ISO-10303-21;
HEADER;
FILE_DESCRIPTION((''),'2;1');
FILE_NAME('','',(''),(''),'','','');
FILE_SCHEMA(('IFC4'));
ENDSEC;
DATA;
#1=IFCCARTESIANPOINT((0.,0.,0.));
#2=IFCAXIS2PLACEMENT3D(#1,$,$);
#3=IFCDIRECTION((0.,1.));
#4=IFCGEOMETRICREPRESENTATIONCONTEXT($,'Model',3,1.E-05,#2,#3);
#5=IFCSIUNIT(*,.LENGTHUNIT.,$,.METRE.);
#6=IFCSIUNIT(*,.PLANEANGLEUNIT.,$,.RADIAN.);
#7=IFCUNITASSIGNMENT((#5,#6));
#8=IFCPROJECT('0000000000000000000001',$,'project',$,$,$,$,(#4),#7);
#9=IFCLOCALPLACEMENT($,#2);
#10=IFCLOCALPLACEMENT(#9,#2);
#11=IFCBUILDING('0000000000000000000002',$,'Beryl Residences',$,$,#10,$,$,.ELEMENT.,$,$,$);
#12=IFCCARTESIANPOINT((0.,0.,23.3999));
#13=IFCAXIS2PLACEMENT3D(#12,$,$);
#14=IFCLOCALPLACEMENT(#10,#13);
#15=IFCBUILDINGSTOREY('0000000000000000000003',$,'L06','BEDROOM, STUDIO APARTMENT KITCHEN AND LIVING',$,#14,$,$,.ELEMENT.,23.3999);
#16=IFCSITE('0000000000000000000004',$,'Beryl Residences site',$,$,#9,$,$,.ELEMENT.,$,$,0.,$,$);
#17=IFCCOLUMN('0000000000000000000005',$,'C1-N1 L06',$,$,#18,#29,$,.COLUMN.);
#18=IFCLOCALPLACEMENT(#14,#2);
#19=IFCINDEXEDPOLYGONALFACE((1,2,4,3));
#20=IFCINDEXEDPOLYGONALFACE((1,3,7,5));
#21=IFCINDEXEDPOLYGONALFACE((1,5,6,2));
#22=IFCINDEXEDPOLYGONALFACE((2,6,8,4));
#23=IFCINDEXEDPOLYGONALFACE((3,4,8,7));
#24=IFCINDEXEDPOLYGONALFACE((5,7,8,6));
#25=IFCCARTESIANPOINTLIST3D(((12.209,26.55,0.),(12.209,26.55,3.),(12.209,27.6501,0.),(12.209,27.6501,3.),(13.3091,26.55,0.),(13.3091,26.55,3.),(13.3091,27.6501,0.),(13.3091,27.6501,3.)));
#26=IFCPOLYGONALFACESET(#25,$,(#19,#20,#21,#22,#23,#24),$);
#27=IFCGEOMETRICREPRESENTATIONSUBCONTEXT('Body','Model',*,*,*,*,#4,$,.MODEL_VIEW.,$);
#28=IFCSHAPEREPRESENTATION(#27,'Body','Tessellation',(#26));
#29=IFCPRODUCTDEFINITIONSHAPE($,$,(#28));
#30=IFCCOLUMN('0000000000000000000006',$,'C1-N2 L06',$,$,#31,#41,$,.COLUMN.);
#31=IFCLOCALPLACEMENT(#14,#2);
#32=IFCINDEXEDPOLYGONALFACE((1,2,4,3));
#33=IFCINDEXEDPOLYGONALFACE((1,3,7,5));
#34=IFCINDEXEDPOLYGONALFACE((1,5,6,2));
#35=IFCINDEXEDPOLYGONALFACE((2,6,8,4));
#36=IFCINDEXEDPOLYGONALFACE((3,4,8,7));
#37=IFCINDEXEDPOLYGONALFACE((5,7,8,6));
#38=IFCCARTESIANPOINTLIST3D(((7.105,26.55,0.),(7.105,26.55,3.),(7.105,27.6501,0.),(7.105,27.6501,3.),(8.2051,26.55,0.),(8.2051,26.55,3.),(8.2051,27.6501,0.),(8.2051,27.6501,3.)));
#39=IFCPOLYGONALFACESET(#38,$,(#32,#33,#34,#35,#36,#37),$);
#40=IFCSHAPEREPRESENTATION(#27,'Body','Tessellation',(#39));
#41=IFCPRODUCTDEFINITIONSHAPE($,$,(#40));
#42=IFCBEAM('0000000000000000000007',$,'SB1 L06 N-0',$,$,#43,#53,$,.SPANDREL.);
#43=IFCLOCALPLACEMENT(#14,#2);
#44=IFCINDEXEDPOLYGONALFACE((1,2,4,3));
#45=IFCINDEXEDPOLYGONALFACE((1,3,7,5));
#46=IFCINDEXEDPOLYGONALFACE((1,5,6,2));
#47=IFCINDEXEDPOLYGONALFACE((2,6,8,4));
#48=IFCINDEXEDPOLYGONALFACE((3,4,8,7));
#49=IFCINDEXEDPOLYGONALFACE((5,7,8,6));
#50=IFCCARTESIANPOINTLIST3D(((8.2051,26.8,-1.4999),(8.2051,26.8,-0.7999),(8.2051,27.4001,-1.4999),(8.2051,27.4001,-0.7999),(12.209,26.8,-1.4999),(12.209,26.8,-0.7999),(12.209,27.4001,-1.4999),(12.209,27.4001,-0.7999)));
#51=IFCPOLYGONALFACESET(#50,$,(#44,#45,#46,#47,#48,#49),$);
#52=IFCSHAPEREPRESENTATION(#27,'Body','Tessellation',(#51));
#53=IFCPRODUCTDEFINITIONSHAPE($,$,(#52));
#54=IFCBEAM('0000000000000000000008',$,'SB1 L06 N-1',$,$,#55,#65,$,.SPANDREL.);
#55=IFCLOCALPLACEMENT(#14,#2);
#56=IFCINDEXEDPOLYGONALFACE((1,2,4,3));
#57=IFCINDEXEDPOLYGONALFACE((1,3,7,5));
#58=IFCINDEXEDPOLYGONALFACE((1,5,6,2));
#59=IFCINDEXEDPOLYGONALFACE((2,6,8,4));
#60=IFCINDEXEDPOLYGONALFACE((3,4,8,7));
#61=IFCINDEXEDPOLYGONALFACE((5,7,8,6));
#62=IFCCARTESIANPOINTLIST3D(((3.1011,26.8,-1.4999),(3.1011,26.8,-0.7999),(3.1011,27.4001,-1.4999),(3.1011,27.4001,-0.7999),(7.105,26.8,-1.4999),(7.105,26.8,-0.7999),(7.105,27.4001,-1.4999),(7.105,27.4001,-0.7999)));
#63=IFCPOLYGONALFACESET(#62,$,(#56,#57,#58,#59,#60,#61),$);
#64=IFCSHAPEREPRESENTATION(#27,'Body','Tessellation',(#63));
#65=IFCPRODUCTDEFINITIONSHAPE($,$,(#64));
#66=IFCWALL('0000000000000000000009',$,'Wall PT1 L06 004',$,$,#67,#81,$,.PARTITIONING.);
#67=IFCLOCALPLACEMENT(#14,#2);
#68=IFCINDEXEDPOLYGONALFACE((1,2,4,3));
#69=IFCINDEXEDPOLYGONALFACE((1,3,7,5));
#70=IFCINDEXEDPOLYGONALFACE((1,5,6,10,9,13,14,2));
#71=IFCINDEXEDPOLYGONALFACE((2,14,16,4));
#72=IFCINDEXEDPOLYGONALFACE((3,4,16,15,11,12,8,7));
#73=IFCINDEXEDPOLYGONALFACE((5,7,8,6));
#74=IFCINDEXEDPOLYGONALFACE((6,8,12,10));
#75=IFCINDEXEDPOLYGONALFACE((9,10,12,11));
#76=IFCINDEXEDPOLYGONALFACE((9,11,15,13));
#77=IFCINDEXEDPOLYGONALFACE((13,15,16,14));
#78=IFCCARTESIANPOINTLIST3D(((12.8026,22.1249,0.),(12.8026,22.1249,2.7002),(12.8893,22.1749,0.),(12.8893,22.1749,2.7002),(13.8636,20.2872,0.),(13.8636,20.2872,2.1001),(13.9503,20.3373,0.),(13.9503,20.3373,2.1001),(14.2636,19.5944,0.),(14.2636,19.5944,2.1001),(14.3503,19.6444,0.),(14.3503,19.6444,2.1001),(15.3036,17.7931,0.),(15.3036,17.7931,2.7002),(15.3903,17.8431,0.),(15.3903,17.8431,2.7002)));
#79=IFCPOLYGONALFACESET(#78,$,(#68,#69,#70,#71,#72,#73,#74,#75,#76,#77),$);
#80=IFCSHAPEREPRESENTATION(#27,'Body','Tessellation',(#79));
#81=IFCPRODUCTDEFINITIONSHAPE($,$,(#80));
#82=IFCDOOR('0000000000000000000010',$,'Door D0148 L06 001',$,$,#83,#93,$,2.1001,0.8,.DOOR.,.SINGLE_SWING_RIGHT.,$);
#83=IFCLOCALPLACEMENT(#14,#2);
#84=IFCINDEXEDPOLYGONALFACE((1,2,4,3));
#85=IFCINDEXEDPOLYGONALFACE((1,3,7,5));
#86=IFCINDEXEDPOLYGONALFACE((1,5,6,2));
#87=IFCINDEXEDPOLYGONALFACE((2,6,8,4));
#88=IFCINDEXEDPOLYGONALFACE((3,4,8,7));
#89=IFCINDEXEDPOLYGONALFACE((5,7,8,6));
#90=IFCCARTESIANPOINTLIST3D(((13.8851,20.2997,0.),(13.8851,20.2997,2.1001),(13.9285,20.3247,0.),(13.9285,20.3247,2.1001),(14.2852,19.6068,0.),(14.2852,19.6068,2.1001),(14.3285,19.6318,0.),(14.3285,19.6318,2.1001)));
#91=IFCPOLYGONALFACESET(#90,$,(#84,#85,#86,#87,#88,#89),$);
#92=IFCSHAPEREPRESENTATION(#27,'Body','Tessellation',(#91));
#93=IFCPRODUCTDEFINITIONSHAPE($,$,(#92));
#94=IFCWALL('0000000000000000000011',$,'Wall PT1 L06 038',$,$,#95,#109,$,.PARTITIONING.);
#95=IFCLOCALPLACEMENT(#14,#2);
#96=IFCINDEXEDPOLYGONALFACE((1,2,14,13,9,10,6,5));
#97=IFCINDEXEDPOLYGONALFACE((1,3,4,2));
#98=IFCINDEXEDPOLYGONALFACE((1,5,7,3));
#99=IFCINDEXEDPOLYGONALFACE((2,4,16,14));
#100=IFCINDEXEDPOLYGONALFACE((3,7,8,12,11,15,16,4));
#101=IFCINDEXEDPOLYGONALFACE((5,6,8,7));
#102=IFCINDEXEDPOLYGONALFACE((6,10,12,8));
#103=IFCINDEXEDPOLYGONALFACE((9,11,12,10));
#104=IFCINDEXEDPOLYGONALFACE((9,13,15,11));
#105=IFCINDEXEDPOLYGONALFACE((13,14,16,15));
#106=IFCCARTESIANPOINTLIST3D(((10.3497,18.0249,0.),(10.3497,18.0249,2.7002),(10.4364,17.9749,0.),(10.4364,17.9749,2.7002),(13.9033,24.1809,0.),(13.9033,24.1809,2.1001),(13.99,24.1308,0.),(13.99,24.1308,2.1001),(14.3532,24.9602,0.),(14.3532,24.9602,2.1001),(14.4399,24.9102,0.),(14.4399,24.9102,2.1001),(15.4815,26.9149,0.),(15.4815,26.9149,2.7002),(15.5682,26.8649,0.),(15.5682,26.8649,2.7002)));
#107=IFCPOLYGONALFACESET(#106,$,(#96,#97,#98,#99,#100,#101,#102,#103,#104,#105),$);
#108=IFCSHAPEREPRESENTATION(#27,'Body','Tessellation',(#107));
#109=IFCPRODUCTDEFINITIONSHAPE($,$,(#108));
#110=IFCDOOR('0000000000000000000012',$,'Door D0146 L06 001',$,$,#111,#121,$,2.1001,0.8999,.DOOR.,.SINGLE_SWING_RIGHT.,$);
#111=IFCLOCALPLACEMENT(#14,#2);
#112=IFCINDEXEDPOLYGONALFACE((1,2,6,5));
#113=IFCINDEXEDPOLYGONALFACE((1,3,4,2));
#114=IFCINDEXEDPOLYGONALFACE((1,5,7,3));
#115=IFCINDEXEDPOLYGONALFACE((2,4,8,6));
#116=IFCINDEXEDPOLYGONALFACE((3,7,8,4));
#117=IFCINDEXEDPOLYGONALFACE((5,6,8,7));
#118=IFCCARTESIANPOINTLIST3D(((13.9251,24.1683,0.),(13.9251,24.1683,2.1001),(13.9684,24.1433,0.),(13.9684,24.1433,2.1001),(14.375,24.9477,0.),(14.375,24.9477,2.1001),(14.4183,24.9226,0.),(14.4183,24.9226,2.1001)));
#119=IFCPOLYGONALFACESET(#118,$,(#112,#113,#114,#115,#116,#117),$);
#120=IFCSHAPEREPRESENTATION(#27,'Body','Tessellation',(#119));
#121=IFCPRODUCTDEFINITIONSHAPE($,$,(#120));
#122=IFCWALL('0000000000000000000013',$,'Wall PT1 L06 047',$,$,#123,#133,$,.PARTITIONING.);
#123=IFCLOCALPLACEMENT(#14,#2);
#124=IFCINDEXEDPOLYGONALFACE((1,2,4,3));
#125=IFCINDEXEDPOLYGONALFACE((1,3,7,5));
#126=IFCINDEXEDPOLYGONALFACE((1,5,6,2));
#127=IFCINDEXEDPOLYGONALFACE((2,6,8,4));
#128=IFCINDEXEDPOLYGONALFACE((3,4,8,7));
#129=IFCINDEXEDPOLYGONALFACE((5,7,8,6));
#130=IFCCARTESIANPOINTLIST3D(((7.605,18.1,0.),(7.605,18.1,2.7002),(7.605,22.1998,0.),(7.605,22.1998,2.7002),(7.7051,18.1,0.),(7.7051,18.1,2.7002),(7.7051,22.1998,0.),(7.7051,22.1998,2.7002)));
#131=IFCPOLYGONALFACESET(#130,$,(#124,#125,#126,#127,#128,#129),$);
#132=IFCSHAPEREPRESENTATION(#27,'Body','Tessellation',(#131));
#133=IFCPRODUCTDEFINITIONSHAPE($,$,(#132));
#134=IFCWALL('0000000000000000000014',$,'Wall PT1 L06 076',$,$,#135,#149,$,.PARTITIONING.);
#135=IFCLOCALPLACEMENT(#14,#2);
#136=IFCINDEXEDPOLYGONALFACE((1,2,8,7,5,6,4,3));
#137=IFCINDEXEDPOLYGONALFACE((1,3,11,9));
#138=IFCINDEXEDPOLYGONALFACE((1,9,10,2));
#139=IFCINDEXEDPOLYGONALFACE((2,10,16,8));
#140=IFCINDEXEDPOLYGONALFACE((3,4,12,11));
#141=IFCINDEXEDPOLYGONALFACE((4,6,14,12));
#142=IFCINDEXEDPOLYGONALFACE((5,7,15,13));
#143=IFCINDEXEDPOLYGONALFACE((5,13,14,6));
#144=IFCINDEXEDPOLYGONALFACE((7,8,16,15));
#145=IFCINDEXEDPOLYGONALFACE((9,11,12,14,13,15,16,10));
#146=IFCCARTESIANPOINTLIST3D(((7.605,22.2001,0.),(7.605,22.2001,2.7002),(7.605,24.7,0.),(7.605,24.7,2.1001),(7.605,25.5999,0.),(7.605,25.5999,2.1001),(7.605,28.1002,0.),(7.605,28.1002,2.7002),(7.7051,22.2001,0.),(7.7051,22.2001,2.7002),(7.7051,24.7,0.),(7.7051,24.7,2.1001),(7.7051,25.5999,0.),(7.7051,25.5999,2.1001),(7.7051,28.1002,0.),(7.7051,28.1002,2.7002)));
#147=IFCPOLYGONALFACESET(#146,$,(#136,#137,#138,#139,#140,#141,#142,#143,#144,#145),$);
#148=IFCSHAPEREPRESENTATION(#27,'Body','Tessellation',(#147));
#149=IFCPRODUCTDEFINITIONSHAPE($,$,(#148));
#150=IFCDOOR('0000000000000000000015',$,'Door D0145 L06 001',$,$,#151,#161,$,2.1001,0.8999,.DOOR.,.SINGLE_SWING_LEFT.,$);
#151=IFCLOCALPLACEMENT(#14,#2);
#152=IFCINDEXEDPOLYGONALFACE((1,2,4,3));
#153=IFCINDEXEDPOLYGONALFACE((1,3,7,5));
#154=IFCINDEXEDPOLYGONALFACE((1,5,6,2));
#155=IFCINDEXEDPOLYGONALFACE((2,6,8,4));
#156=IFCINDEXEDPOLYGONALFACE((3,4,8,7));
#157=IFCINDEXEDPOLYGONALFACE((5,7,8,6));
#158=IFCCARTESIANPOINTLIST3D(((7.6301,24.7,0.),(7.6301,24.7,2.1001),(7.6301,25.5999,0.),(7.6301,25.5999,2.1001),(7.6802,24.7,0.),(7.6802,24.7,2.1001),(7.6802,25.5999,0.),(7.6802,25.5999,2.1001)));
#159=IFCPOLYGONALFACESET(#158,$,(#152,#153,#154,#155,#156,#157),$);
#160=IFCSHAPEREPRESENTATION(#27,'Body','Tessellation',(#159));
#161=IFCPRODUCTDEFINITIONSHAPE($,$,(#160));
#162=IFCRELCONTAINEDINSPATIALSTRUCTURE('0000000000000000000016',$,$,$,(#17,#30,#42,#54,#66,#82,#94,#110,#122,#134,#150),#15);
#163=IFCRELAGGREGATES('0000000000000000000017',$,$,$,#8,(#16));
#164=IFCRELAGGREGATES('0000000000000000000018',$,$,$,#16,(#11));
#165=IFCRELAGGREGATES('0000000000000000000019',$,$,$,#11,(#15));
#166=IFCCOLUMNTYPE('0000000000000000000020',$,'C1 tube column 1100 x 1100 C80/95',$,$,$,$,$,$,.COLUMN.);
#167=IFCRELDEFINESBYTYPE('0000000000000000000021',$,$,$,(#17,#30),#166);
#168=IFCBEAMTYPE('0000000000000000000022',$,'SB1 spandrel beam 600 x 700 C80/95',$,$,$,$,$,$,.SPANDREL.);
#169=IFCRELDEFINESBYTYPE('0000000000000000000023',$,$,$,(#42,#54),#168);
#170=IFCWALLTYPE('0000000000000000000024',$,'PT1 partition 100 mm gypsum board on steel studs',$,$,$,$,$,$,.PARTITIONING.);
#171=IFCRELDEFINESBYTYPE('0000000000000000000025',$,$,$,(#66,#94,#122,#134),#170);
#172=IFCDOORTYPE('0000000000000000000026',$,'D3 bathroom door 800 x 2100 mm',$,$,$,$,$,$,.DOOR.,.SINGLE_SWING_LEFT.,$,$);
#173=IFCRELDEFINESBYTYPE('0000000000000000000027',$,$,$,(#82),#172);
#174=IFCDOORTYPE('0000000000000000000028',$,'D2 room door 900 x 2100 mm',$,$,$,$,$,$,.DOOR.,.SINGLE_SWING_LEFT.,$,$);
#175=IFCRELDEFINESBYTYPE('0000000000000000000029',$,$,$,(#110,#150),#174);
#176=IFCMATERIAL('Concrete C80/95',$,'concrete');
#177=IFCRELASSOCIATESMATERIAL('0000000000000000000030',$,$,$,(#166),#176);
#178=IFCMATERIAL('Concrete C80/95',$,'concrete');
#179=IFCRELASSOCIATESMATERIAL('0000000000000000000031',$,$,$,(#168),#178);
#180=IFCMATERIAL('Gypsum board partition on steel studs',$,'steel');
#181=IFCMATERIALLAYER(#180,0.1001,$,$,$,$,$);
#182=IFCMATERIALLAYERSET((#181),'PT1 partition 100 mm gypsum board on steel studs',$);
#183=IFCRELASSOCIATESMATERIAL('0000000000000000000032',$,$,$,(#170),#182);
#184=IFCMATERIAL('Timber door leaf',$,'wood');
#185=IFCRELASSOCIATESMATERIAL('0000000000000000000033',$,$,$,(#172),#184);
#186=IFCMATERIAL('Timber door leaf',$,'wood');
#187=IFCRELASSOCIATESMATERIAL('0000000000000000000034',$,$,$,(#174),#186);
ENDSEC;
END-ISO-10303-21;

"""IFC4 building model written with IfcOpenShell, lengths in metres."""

from ifc_helpers import new_model, si_unit, direction, frame, frame_2d, origin, origin_2d, place, context, subcontext, project, spatial, rectangle, extrude, material, layer, layer_set, material_profile, profile_set, type_object, element, fill, save


model = new_model("IFC4")

# Units and contexts
model_context = context("Model", 3, precision=1e-05, world=origin(), true_north=direction((0.0, 1.0)))
body_context = subcontext(model_context, "Body", "Model", "MODEL_VIEW")
ifc_project = project(units=[si_unit("LENGTHUNIT", "METRE"), si_unit("PLANEANGLEUNIT", "RADIAN")], contexts=[model_context])

# Site, building, storey
site_placement = place(None, origin())
site = spatial("IfcSite", under=ifc_project, at=site_placement, Name="Beryl Residences site", CompositionType="ELEMENT", RefElevation=0.0)
building_placement = place(site_placement, origin())
building = spatial("IfcBuilding", under=site, at=building_placement, Name="Beryl Residences", CompositionType="ELEMENT")
storey_placement = place(building_placement, frame((0.0, 0.0, 23.3999)))
storey = spatial("IfcBuildingStorey", under=building, at=storey_placement, Name="L06", Description="BEDROOM, STUDIO APARTMENT KITCHEN AND LIVING", CompositionType="ELEMENT", Elevation=23.3999)

# Columns
ifc_material_1 = material(Name="Concrete C80/95", Category="concrete")
ifc_material_profile_1 = material_profile(ifc_material_1, rectangle(XDim=1.1001, YDim=1.1001, at=origin_2d()))
ifc_profile_set_1 = profile_set([ifc_material_profile_1], Name="Concrete C80/95")
column_type = type_object("IfcColumnType", Name="C1 tube column 1100 x 1100 C80/95", PredefinedType="COLUMN", material=ifc_profile_set_1)
for number, where, z_axis, x_axis, name in (
    (1, (12.759, 27.1001, 0.0), (0.0, 0.0, 1.0), (-1.0, 0.0, 0.0), "C1-N1 L06"),
    (2, (7.655, 27.1001, 0.0), (0.0, 0.0, 1.0), (-1.0, 0.0, 0.0), "C1-N2 L06"),
):
    element("IfcColumn", number, at=place(storey_placement, frame(where, z_axis=z_axis, x_axis=x_axis)), inside=storey, type_object=column_type, Name=name, PredefinedType="COLUMN", context=body_context, shape_type="SweptSolid", body=[
        extrude(rectangle(XDim=1.1001, YDim=1.1001, at=origin_2d()), origin(), (0.0, 0.0, 1.0), 3.0),
    ])

# Beams
ifc_material_2 = material(Name="Concrete C80/95", Category="concrete")
ifc_material_profile_2 = material_profile(ifc_material_2, rectangle(XDim=0.6001, YDim=0.7, at=origin_2d()))
ifc_profile_set_2 = profile_set([ifc_material_profile_2], Name="Concrete C80/95")
beam_type = type_object("IfcBeamType", Name="SB1 spandrel beam 600 x 700 C80/95", PredefinedType="SPANDREL", material=ifc_profile_set_2)
for number, where, z_axis, x_axis, name in (
    (3, (12.209, 27.1001, -1.1499), (-1.0, 0.0, 0.0), (0.0, -1.0, 0.0), "SB1 L06 N-0"),
    (4, (7.105, 27.1001, -1.1499), (-1.0, 0.0, 0.0), (0.0, -1.0, 0.0), "SB1 L06 N-1"),
):
    element("IfcBeam", number, at=place(storey_placement, frame(where, z_axis=z_axis, x_axis=x_axis)), inside=storey, type_object=beam_type, Name=name, PredefinedType="SPANDREL", context=body_context, shape_type="SweptSolid", body=[
        extrude(rectangle(XDim=0.6001, YDim=0.7, at=origin_2d()), origin(), (0.0, 0.0, 1.0), 4.0039),
    ])

# Walls, openings, doors
ifc_material_3 = material(Name="Gypsum board partition on steel studs", Category="steel")
ifc_layer_1 = layer(ifc_material_3, 0.1001)
ifc_layer_set_1 = layer_set([ifc_layer_1], Name="PT1 partition 100 mm gypsum board on steel studs")
wall_type_1 = type_object("IfcWallType", Name="PT1 partition 100 mm gypsum board on steel studs", PredefinedType="PARTITIONING", material=ifc_layer_set_1)
wall_1_placement = place(storey_placement, frame((12.8459, 22.1499, 0.0), z_axis=(0.0, 0.0, 1.0), x_axis=(0.500003, -0.866024, 0.0)))
wall_1 = element("IfcWall", 5, at=wall_1_placement, inside=storey, type_object=wall_type_1, Name="Wall PT1 L06 004", PredefinedType="PARTITIONING", context=body_context, shape_type="SweptSolid", body=[
    extrude(rectangle(XDim=5.002, YDim=0.1001, at=frame_2d((2.501, 0.0))), origin(), (0.0, 0.0, 1.0), 2.7002),
])
opening_1_placement = place(wall_1_placement, frame((2.1221, 0.0, 0.0)))
opening_1 = element("IfcOpeningElement", 6, at=opening_1_placement, cuts=wall_1, PredefinedType="OPENING", context=body_context, shape_type="SweptSolid", body=[
    extrude(rectangle(XDim=0.8, YDim=2.1001, at=frame_2d((0.3999, 1.05))), frame((0.0, 0.0601, 0.0), z_axis=(0.0, -1.0, 0.0), x_axis=(1.0, 0.0, 0.0)), (0.0, 0.0, 1.0), 0.1201),
])
ifc_material_4 = material(Name="Timber door leaf", Category="wood")
door_type_1 = type_object("IfcDoorType", Name="D3 bathroom door 800 x 2100 mm", OperationType="SINGLE_SWING_LEFT", PredefinedType="DOOR", material=ifc_material_4)
door_1_placement = place(opening_1_placement, origin())
door_1 = element("IfcDoor", 7, at=door_1_placement, inside=storey, type_object=door_type_1, Name="Door D0148 L06 001", OperationType="SINGLE_SWING_RIGHT", OverallHeight=2.1001, OverallWidth=0.8, PredefinedType="DOOR", context=body_context, shape_type="SweptSolid", body=[
    extrude(rectangle(XDim=0.8, YDim=2.1001, at=frame_2d((0.3999, 1.05))), frame((0.0, 0.0249, 0.0), z_axis=(0.0, -1.0, 0.0), x_axis=(1.0, 0.0, 0.0)), (0.0, 0.0, 1.0), 0.05),
])
fill(opening_1, door_1)
wall_2_placement = place(storey_placement, frame((10.3931, 18.0, 0.0), z_axis=(0.0, 0.0, 1.0), x_axis=(0.499945, 0.866057, 0.0)))
wall_2 = element("IfcWall", 8, at=wall_2_placement, inside=storey, type_object=wall_type_1, Name="Wall PT1 L06 038", PredefinedType="PARTITIONING", context=body_context, shape_type="SweptSolid", body=[
    extrude(rectangle(XDim=10.2649, YDim=0.1001, at=frame_2d((5.1323, 0.0))), origin(), (0.0, 0.0, 1.0), 2.7002),
])
opening_2_placement = place(wall_2_placement, frame((7.1079, 0.0, 0.0)))
opening_2 = element("IfcOpeningElement", 9, at=opening_2_placement, cuts=wall_2, PredefinedType="OPENING", context=body_context, shape_type="SweptSolid", body=[
    extrude(rectangle(XDim=0.8999, YDim=2.1001, at=frame_2d((0.45, 1.05))), frame((0.0, 0.0601, 0.0), z_axis=(0.0, -1.0, 0.0), x_axis=(1.0, 0.0, 0.0)), (0.0, 0.0, 1.0), 0.1201),
])
ifc_material_5 = material(Name="Timber door leaf", Category="wood")
door_type_2 = type_object("IfcDoorType", Name="D2 room door 900 x 2100 mm", OperationType="SINGLE_SWING_LEFT", PredefinedType="DOOR", material=ifc_material_5)
door_2_placement = place(opening_2_placement, origin())
door_2 = element("IfcDoor", 10, at=door_2_placement, inside=storey, type_object=door_type_2, Name="Door D0146 L06 001", OperationType="SINGLE_SWING_RIGHT", OverallHeight=2.1001, OverallWidth=0.8999, PredefinedType="DOOR", context=body_context, shape_type="SweptSolid", body=[
    extrude(rectangle(XDim=0.8999, YDim=2.1001, at=frame_2d((0.45, 1.05))), frame((0.0, 0.0249, 0.0), z_axis=(0.0, -1.0, 0.0), x_axis=(1.0, 0.0, 0.0)), (0.0, 0.0, 1.0), 0.05),
])
fill(opening_2, door_2)

# Wall
wall_3_placement = place(storey_placement, frame((7.655, 18.1001, 0.0), z_axis=(0.0, 0.0, 1.0), x_axis=(0.0, 1.0, 0.0)))
element("IfcWall", 11, at=wall_3_placement, inside=storey, type_object=wall_type_1, Name="Wall PT1 L06 047", PredefinedType="PARTITIONING", context=body_context, shape_type="SweptSolid", body=[
    extrude(rectangle(XDim=4.0999, YDim=0.1001, at=frame_2d((2.0498, 0.0))), origin(), (0.0, 0.0, 1.0), 2.7002),
])

# Wall, opening, door
wall_4_placement = place(storey_placement, frame((7.655, 22.2, 0.0), z_axis=(0.0, 0.0, 1.0), x_axis=(0.0, 1.0, 0.0)))
wall_4 = element("IfcWall", 12, at=wall_4_placement, inside=storey, type_object=wall_type_1, Name="Wall PT1 L06 076", PredefinedType="PARTITIONING", context=body_context, shape_type="SweptSolid", body=[
    extrude(rectangle(XDim=5.9001, YDim=0.1001, at=frame_2d((2.9502, 0.0))), origin(), (0.0, 0.0, 1.0), 2.7002),
])
opening_3_placement = place(wall_4_placement, frame((2.5, 0.0, 0.0)))
opening_3 = element("IfcOpeningElement", 13, at=opening_3_placement, cuts=wall_4, PredefinedType="OPENING", context=body_context, shape_type="SweptSolid", body=[
    extrude(rectangle(XDim=0.8999, YDim=2.1001, at=frame_2d((0.45, 1.05))), frame((0.0, 0.0601, 0.0), z_axis=(0.0, -1.0, 0.0), x_axis=(1.0, 0.0, 0.0)), (0.0, 0.0, 1.0), 0.1201),
])
door_3_placement = place(opening_3_placement, origin())
door_3 = element("IfcDoor", 14, at=door_3_placement, inside=storey, type_object=door_type_2, Name="Door D0145 L06 001", OperationType="SINGLE_SWING_LEFT", OverallHeight=2.1001, OverallWidth=0.8999, PredefinedType="DOOR", context=body_context, shape_type="SweptSolid", body=[
    extrude(rectangle(XDim=0.8999, YDim=2.1001, at=frame_2d((0.45, 1.05))), frame((0.0, 0.0249, 0.0), z_axis=(0.0, -1.0, 0.0), x_axis=(1.0, 0.0, 0.0)), (0.0, 0.0, 1.0), 0.05),
])
fill(opening_3, door_3)

save(model, "model.ifc")
